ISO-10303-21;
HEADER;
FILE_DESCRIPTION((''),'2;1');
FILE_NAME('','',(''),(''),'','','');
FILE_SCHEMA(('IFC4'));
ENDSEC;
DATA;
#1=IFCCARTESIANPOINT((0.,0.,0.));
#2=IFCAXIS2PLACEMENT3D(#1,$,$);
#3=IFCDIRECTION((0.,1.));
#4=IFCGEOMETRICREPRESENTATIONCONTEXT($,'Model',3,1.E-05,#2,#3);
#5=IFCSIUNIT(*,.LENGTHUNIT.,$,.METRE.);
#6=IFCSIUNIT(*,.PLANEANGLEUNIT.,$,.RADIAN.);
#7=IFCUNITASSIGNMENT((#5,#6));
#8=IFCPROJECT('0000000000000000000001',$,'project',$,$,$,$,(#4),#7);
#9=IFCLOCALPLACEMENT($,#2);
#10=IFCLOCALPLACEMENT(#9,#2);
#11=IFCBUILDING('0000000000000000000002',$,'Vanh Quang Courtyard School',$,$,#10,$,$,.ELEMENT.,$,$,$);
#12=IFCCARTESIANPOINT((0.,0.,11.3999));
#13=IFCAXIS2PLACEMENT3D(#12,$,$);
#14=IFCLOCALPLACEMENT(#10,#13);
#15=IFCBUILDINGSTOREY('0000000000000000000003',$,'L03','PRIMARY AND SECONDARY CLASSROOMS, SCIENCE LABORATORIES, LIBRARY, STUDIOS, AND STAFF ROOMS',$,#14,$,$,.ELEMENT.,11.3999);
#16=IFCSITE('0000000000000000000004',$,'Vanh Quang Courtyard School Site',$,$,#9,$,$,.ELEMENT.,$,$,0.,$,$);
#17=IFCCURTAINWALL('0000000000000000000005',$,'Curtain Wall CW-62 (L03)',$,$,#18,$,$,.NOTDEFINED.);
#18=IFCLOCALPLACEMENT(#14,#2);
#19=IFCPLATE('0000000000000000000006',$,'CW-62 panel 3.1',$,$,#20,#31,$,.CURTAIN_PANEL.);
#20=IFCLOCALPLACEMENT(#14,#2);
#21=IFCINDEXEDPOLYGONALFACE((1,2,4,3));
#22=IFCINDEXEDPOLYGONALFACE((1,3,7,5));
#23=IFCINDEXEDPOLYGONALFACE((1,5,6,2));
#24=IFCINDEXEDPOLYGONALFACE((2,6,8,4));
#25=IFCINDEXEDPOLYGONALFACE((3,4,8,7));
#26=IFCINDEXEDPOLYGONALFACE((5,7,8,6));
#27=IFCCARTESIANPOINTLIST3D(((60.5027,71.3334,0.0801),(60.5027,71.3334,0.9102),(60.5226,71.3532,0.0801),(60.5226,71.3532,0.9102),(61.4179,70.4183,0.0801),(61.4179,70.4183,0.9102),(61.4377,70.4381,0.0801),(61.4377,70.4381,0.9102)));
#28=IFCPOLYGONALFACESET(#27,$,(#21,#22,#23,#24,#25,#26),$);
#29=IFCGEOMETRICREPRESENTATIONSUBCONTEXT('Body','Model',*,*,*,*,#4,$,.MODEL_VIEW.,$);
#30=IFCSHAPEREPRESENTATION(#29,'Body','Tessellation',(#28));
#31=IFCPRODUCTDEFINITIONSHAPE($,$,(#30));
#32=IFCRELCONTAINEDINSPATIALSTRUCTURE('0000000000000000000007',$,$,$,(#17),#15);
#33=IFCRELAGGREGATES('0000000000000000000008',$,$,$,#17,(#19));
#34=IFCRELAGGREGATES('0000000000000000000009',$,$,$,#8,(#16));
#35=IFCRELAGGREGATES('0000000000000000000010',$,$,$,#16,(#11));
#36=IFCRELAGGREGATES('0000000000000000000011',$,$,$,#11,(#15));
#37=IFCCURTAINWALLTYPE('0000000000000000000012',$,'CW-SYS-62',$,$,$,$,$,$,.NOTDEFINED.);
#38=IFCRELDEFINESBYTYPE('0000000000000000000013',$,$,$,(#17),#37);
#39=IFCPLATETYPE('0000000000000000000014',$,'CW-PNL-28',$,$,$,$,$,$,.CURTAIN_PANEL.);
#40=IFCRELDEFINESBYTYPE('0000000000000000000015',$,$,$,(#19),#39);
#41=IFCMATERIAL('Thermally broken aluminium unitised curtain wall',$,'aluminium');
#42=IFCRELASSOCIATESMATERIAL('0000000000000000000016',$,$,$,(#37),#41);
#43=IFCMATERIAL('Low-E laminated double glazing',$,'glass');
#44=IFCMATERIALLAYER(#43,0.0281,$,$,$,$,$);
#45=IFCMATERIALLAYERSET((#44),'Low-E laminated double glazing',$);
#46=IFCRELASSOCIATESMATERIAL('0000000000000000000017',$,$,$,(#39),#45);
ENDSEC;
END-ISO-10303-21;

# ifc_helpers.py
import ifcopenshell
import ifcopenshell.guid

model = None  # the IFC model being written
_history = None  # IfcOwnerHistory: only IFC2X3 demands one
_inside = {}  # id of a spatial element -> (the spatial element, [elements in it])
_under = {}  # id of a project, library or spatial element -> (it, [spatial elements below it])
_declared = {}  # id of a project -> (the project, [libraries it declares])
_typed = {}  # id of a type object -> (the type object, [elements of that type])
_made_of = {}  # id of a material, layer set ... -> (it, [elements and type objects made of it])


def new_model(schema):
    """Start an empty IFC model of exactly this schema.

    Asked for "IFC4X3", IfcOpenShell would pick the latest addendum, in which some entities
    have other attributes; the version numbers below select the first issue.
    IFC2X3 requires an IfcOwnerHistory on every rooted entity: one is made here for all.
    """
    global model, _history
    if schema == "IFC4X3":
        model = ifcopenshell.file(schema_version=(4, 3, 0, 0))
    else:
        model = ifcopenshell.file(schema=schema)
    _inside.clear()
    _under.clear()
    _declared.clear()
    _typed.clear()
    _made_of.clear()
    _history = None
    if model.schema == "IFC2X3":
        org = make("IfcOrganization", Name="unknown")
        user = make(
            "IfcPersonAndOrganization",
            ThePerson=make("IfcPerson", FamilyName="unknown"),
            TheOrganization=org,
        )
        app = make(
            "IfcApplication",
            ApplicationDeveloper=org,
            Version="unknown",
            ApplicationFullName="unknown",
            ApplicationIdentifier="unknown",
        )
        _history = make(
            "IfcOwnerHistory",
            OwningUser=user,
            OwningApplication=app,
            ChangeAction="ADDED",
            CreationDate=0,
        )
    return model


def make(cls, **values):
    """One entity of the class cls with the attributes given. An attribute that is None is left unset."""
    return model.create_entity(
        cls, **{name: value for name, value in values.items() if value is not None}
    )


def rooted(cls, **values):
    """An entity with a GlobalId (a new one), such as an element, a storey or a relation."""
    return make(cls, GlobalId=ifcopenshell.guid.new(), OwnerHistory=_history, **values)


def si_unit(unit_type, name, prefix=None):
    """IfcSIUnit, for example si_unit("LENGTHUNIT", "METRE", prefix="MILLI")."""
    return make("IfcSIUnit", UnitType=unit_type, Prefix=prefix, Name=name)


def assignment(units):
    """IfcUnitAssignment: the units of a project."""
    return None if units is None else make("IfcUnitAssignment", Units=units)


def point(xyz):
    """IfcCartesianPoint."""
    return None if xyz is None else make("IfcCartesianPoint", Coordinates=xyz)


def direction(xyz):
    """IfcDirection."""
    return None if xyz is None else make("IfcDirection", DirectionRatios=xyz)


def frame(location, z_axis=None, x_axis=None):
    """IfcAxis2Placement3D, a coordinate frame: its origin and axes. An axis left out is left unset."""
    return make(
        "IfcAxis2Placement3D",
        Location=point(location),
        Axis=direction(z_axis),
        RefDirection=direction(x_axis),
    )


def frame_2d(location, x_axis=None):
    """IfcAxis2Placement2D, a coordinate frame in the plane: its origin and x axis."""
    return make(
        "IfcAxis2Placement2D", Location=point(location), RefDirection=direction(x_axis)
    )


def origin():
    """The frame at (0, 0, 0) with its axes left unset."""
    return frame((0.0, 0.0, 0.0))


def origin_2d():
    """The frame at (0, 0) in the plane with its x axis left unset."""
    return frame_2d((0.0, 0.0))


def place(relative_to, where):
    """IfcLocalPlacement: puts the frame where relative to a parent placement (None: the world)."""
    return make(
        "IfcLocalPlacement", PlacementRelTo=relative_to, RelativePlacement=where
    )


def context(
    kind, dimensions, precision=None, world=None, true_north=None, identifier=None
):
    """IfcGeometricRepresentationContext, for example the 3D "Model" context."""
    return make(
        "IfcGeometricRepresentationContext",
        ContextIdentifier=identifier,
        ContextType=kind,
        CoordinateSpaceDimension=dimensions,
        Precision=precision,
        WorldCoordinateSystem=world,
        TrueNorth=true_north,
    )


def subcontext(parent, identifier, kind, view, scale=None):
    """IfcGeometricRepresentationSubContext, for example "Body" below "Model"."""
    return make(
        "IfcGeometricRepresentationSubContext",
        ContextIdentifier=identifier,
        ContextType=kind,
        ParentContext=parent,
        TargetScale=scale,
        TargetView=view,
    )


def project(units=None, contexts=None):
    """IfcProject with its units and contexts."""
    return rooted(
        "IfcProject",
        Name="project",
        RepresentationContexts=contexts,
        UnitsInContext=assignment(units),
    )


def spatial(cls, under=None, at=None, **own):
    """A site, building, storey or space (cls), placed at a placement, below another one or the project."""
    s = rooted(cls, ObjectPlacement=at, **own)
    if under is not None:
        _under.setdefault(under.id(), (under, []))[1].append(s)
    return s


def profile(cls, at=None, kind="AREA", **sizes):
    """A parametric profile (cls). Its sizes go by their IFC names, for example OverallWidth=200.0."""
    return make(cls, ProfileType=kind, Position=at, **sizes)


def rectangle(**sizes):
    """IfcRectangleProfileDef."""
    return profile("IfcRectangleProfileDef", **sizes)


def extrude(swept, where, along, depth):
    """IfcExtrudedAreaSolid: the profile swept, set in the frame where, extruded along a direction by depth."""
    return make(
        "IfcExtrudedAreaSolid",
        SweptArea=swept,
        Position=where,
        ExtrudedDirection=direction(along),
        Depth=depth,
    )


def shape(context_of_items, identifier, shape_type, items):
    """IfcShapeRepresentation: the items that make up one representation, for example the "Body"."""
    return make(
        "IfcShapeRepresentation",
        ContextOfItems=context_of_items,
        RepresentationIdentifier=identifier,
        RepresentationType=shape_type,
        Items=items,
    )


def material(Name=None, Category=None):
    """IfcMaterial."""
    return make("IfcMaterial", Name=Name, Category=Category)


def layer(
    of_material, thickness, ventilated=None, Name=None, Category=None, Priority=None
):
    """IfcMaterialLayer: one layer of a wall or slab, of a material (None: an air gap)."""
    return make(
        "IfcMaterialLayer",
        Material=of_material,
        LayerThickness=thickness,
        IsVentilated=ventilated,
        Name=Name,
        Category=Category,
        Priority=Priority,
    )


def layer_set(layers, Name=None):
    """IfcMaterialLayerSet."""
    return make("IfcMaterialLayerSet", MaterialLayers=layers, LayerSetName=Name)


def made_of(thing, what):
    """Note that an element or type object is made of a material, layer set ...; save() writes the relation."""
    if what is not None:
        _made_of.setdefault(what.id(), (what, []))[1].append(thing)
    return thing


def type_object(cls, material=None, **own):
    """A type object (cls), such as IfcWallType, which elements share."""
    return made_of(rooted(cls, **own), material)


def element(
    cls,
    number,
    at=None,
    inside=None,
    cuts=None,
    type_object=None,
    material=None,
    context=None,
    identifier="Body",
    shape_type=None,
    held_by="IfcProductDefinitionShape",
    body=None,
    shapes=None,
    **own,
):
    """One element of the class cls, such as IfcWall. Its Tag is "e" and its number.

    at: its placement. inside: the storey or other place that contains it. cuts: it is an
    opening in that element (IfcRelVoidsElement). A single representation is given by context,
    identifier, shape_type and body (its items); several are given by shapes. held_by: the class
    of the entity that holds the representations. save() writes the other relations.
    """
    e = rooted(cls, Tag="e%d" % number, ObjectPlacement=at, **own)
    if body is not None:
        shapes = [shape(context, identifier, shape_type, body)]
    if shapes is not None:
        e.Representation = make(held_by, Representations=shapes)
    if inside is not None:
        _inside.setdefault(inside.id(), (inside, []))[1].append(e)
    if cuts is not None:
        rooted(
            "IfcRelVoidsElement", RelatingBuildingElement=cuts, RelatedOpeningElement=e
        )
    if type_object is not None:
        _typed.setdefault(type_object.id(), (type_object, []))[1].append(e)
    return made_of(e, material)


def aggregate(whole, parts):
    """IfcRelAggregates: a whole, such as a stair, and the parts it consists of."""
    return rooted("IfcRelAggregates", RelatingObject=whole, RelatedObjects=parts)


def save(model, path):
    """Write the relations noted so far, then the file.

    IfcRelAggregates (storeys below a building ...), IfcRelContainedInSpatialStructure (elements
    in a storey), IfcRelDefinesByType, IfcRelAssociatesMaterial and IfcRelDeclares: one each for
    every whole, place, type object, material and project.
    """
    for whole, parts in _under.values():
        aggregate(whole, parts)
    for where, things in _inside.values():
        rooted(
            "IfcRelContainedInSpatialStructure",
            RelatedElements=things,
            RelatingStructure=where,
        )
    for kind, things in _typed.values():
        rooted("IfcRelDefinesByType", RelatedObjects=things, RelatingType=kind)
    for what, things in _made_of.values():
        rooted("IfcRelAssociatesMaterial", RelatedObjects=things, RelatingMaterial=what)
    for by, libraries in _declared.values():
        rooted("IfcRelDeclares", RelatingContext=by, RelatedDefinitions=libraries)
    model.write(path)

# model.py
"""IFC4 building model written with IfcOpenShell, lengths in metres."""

from ifc_helpers import new_model, si_unit, direction, frame, origin, origin_2d, place, context, subcontext, project, spatial, rectangle, extrude, material, layer, layer_set, type_object, element, aggregate, save


model = new_model("IFC4")

# Units and contexts
model_context = context("Model", 3, precision=1e-05, world=origin(), true_north=direction((0.0, 1.0)))
body_context = subcontext(model_context, "Body", "Model", "MODEL_VIEW")
ifc_project = project(units=[si_unit("LENGTHUNIT", "METRE"), si_unit("PLANEANGLEUNIT", "RADIAN")], contexts=[model_context])

# Site, building, storey
site_placement = place(None, origin())
site = spatial("IfcSite", under=ifc_project, at=site_placement, Name="Vanh Quang Courtyard School Site", CompositionType="ELEMENT", RefElevation=0.0)
building_placement = place(site_placement, origin())
building = spatial("IfcBuilding", under=site, at=building_placement, Name="Vanh Quang Courtyard School", CompositionType="ELEMENT")
storey_placement = place(building_placement, frame((0.0, 0.0, 11.3999)))
storey = spatial("IfcBuildingStorey", under=building, at=storey_placement, Name="L03", Description="PRIMARY AND SECONDARY CLASSROOMS, SCIENCE LABORATORIES, LIBRARY, STUDIOS, AND STAFF ROOMS", CompositionType="ELEMENT", Elevation=11.3999)

# Shared definitions
ifc_material_1 = material(Name="Thermally broken aluminium unitised curtain wall", Category="aluminium")

# Curtain wall
curtain_wall_type_1 = type_object("IfcCurtainWallType", Name="CW-SYS-62", PredefinedType="NOTDEFINED", material=ifc_material_1)
curtain_wall_1_placement = place(storey_placement, origin())
curtain_wall_1 = element("IfcCurtainWall", 1, at=curtain_wall_1_placement, inside=storey, type_object=curtain_wall_type_1, Name="Curtain Wall CW-62 (L03)", PredefinedType="NOTDEFINED")

# Plate
ifc_material_2 = material(Name="Low-E laminated double glazing", Category="glass")
ifc_layer = layer(ifc_material_2, 0.0281)
ifc_layer_set = layer_set([ifc_layer], Name="Low-E laminated double glazing")
plate_type = type_object("IfcPlateType", Name="CW-PNL-28", PredefinedType="CURTAIN_PANEL", material=ifc_layer_set)
plate_1_placement = place(storey_placement, frame((60.9702, 70.8857, 0.0801), z_axis=(0.0, 0.0, 1.0), x_axis=(-0.707107, 0.707107, 0.0)))
plate_1 = element("IfcPlate", 2, at=plate_1_placement, type_object=plate_type, Name="CW-62 panel 3.1", PredefinedType="CURTAIN_PANEL", context=body_context, shape_type="SweptSolid", body=[
    extrude(rectangle(XDim=1.2942, YDim=0.0281, at=origin_2d()), origin(), (0.0, 0.0, 1.0), 0.8301),
])
aggregate(curtain_wall_1, [plate_1])

save(model, "model.ifc")
